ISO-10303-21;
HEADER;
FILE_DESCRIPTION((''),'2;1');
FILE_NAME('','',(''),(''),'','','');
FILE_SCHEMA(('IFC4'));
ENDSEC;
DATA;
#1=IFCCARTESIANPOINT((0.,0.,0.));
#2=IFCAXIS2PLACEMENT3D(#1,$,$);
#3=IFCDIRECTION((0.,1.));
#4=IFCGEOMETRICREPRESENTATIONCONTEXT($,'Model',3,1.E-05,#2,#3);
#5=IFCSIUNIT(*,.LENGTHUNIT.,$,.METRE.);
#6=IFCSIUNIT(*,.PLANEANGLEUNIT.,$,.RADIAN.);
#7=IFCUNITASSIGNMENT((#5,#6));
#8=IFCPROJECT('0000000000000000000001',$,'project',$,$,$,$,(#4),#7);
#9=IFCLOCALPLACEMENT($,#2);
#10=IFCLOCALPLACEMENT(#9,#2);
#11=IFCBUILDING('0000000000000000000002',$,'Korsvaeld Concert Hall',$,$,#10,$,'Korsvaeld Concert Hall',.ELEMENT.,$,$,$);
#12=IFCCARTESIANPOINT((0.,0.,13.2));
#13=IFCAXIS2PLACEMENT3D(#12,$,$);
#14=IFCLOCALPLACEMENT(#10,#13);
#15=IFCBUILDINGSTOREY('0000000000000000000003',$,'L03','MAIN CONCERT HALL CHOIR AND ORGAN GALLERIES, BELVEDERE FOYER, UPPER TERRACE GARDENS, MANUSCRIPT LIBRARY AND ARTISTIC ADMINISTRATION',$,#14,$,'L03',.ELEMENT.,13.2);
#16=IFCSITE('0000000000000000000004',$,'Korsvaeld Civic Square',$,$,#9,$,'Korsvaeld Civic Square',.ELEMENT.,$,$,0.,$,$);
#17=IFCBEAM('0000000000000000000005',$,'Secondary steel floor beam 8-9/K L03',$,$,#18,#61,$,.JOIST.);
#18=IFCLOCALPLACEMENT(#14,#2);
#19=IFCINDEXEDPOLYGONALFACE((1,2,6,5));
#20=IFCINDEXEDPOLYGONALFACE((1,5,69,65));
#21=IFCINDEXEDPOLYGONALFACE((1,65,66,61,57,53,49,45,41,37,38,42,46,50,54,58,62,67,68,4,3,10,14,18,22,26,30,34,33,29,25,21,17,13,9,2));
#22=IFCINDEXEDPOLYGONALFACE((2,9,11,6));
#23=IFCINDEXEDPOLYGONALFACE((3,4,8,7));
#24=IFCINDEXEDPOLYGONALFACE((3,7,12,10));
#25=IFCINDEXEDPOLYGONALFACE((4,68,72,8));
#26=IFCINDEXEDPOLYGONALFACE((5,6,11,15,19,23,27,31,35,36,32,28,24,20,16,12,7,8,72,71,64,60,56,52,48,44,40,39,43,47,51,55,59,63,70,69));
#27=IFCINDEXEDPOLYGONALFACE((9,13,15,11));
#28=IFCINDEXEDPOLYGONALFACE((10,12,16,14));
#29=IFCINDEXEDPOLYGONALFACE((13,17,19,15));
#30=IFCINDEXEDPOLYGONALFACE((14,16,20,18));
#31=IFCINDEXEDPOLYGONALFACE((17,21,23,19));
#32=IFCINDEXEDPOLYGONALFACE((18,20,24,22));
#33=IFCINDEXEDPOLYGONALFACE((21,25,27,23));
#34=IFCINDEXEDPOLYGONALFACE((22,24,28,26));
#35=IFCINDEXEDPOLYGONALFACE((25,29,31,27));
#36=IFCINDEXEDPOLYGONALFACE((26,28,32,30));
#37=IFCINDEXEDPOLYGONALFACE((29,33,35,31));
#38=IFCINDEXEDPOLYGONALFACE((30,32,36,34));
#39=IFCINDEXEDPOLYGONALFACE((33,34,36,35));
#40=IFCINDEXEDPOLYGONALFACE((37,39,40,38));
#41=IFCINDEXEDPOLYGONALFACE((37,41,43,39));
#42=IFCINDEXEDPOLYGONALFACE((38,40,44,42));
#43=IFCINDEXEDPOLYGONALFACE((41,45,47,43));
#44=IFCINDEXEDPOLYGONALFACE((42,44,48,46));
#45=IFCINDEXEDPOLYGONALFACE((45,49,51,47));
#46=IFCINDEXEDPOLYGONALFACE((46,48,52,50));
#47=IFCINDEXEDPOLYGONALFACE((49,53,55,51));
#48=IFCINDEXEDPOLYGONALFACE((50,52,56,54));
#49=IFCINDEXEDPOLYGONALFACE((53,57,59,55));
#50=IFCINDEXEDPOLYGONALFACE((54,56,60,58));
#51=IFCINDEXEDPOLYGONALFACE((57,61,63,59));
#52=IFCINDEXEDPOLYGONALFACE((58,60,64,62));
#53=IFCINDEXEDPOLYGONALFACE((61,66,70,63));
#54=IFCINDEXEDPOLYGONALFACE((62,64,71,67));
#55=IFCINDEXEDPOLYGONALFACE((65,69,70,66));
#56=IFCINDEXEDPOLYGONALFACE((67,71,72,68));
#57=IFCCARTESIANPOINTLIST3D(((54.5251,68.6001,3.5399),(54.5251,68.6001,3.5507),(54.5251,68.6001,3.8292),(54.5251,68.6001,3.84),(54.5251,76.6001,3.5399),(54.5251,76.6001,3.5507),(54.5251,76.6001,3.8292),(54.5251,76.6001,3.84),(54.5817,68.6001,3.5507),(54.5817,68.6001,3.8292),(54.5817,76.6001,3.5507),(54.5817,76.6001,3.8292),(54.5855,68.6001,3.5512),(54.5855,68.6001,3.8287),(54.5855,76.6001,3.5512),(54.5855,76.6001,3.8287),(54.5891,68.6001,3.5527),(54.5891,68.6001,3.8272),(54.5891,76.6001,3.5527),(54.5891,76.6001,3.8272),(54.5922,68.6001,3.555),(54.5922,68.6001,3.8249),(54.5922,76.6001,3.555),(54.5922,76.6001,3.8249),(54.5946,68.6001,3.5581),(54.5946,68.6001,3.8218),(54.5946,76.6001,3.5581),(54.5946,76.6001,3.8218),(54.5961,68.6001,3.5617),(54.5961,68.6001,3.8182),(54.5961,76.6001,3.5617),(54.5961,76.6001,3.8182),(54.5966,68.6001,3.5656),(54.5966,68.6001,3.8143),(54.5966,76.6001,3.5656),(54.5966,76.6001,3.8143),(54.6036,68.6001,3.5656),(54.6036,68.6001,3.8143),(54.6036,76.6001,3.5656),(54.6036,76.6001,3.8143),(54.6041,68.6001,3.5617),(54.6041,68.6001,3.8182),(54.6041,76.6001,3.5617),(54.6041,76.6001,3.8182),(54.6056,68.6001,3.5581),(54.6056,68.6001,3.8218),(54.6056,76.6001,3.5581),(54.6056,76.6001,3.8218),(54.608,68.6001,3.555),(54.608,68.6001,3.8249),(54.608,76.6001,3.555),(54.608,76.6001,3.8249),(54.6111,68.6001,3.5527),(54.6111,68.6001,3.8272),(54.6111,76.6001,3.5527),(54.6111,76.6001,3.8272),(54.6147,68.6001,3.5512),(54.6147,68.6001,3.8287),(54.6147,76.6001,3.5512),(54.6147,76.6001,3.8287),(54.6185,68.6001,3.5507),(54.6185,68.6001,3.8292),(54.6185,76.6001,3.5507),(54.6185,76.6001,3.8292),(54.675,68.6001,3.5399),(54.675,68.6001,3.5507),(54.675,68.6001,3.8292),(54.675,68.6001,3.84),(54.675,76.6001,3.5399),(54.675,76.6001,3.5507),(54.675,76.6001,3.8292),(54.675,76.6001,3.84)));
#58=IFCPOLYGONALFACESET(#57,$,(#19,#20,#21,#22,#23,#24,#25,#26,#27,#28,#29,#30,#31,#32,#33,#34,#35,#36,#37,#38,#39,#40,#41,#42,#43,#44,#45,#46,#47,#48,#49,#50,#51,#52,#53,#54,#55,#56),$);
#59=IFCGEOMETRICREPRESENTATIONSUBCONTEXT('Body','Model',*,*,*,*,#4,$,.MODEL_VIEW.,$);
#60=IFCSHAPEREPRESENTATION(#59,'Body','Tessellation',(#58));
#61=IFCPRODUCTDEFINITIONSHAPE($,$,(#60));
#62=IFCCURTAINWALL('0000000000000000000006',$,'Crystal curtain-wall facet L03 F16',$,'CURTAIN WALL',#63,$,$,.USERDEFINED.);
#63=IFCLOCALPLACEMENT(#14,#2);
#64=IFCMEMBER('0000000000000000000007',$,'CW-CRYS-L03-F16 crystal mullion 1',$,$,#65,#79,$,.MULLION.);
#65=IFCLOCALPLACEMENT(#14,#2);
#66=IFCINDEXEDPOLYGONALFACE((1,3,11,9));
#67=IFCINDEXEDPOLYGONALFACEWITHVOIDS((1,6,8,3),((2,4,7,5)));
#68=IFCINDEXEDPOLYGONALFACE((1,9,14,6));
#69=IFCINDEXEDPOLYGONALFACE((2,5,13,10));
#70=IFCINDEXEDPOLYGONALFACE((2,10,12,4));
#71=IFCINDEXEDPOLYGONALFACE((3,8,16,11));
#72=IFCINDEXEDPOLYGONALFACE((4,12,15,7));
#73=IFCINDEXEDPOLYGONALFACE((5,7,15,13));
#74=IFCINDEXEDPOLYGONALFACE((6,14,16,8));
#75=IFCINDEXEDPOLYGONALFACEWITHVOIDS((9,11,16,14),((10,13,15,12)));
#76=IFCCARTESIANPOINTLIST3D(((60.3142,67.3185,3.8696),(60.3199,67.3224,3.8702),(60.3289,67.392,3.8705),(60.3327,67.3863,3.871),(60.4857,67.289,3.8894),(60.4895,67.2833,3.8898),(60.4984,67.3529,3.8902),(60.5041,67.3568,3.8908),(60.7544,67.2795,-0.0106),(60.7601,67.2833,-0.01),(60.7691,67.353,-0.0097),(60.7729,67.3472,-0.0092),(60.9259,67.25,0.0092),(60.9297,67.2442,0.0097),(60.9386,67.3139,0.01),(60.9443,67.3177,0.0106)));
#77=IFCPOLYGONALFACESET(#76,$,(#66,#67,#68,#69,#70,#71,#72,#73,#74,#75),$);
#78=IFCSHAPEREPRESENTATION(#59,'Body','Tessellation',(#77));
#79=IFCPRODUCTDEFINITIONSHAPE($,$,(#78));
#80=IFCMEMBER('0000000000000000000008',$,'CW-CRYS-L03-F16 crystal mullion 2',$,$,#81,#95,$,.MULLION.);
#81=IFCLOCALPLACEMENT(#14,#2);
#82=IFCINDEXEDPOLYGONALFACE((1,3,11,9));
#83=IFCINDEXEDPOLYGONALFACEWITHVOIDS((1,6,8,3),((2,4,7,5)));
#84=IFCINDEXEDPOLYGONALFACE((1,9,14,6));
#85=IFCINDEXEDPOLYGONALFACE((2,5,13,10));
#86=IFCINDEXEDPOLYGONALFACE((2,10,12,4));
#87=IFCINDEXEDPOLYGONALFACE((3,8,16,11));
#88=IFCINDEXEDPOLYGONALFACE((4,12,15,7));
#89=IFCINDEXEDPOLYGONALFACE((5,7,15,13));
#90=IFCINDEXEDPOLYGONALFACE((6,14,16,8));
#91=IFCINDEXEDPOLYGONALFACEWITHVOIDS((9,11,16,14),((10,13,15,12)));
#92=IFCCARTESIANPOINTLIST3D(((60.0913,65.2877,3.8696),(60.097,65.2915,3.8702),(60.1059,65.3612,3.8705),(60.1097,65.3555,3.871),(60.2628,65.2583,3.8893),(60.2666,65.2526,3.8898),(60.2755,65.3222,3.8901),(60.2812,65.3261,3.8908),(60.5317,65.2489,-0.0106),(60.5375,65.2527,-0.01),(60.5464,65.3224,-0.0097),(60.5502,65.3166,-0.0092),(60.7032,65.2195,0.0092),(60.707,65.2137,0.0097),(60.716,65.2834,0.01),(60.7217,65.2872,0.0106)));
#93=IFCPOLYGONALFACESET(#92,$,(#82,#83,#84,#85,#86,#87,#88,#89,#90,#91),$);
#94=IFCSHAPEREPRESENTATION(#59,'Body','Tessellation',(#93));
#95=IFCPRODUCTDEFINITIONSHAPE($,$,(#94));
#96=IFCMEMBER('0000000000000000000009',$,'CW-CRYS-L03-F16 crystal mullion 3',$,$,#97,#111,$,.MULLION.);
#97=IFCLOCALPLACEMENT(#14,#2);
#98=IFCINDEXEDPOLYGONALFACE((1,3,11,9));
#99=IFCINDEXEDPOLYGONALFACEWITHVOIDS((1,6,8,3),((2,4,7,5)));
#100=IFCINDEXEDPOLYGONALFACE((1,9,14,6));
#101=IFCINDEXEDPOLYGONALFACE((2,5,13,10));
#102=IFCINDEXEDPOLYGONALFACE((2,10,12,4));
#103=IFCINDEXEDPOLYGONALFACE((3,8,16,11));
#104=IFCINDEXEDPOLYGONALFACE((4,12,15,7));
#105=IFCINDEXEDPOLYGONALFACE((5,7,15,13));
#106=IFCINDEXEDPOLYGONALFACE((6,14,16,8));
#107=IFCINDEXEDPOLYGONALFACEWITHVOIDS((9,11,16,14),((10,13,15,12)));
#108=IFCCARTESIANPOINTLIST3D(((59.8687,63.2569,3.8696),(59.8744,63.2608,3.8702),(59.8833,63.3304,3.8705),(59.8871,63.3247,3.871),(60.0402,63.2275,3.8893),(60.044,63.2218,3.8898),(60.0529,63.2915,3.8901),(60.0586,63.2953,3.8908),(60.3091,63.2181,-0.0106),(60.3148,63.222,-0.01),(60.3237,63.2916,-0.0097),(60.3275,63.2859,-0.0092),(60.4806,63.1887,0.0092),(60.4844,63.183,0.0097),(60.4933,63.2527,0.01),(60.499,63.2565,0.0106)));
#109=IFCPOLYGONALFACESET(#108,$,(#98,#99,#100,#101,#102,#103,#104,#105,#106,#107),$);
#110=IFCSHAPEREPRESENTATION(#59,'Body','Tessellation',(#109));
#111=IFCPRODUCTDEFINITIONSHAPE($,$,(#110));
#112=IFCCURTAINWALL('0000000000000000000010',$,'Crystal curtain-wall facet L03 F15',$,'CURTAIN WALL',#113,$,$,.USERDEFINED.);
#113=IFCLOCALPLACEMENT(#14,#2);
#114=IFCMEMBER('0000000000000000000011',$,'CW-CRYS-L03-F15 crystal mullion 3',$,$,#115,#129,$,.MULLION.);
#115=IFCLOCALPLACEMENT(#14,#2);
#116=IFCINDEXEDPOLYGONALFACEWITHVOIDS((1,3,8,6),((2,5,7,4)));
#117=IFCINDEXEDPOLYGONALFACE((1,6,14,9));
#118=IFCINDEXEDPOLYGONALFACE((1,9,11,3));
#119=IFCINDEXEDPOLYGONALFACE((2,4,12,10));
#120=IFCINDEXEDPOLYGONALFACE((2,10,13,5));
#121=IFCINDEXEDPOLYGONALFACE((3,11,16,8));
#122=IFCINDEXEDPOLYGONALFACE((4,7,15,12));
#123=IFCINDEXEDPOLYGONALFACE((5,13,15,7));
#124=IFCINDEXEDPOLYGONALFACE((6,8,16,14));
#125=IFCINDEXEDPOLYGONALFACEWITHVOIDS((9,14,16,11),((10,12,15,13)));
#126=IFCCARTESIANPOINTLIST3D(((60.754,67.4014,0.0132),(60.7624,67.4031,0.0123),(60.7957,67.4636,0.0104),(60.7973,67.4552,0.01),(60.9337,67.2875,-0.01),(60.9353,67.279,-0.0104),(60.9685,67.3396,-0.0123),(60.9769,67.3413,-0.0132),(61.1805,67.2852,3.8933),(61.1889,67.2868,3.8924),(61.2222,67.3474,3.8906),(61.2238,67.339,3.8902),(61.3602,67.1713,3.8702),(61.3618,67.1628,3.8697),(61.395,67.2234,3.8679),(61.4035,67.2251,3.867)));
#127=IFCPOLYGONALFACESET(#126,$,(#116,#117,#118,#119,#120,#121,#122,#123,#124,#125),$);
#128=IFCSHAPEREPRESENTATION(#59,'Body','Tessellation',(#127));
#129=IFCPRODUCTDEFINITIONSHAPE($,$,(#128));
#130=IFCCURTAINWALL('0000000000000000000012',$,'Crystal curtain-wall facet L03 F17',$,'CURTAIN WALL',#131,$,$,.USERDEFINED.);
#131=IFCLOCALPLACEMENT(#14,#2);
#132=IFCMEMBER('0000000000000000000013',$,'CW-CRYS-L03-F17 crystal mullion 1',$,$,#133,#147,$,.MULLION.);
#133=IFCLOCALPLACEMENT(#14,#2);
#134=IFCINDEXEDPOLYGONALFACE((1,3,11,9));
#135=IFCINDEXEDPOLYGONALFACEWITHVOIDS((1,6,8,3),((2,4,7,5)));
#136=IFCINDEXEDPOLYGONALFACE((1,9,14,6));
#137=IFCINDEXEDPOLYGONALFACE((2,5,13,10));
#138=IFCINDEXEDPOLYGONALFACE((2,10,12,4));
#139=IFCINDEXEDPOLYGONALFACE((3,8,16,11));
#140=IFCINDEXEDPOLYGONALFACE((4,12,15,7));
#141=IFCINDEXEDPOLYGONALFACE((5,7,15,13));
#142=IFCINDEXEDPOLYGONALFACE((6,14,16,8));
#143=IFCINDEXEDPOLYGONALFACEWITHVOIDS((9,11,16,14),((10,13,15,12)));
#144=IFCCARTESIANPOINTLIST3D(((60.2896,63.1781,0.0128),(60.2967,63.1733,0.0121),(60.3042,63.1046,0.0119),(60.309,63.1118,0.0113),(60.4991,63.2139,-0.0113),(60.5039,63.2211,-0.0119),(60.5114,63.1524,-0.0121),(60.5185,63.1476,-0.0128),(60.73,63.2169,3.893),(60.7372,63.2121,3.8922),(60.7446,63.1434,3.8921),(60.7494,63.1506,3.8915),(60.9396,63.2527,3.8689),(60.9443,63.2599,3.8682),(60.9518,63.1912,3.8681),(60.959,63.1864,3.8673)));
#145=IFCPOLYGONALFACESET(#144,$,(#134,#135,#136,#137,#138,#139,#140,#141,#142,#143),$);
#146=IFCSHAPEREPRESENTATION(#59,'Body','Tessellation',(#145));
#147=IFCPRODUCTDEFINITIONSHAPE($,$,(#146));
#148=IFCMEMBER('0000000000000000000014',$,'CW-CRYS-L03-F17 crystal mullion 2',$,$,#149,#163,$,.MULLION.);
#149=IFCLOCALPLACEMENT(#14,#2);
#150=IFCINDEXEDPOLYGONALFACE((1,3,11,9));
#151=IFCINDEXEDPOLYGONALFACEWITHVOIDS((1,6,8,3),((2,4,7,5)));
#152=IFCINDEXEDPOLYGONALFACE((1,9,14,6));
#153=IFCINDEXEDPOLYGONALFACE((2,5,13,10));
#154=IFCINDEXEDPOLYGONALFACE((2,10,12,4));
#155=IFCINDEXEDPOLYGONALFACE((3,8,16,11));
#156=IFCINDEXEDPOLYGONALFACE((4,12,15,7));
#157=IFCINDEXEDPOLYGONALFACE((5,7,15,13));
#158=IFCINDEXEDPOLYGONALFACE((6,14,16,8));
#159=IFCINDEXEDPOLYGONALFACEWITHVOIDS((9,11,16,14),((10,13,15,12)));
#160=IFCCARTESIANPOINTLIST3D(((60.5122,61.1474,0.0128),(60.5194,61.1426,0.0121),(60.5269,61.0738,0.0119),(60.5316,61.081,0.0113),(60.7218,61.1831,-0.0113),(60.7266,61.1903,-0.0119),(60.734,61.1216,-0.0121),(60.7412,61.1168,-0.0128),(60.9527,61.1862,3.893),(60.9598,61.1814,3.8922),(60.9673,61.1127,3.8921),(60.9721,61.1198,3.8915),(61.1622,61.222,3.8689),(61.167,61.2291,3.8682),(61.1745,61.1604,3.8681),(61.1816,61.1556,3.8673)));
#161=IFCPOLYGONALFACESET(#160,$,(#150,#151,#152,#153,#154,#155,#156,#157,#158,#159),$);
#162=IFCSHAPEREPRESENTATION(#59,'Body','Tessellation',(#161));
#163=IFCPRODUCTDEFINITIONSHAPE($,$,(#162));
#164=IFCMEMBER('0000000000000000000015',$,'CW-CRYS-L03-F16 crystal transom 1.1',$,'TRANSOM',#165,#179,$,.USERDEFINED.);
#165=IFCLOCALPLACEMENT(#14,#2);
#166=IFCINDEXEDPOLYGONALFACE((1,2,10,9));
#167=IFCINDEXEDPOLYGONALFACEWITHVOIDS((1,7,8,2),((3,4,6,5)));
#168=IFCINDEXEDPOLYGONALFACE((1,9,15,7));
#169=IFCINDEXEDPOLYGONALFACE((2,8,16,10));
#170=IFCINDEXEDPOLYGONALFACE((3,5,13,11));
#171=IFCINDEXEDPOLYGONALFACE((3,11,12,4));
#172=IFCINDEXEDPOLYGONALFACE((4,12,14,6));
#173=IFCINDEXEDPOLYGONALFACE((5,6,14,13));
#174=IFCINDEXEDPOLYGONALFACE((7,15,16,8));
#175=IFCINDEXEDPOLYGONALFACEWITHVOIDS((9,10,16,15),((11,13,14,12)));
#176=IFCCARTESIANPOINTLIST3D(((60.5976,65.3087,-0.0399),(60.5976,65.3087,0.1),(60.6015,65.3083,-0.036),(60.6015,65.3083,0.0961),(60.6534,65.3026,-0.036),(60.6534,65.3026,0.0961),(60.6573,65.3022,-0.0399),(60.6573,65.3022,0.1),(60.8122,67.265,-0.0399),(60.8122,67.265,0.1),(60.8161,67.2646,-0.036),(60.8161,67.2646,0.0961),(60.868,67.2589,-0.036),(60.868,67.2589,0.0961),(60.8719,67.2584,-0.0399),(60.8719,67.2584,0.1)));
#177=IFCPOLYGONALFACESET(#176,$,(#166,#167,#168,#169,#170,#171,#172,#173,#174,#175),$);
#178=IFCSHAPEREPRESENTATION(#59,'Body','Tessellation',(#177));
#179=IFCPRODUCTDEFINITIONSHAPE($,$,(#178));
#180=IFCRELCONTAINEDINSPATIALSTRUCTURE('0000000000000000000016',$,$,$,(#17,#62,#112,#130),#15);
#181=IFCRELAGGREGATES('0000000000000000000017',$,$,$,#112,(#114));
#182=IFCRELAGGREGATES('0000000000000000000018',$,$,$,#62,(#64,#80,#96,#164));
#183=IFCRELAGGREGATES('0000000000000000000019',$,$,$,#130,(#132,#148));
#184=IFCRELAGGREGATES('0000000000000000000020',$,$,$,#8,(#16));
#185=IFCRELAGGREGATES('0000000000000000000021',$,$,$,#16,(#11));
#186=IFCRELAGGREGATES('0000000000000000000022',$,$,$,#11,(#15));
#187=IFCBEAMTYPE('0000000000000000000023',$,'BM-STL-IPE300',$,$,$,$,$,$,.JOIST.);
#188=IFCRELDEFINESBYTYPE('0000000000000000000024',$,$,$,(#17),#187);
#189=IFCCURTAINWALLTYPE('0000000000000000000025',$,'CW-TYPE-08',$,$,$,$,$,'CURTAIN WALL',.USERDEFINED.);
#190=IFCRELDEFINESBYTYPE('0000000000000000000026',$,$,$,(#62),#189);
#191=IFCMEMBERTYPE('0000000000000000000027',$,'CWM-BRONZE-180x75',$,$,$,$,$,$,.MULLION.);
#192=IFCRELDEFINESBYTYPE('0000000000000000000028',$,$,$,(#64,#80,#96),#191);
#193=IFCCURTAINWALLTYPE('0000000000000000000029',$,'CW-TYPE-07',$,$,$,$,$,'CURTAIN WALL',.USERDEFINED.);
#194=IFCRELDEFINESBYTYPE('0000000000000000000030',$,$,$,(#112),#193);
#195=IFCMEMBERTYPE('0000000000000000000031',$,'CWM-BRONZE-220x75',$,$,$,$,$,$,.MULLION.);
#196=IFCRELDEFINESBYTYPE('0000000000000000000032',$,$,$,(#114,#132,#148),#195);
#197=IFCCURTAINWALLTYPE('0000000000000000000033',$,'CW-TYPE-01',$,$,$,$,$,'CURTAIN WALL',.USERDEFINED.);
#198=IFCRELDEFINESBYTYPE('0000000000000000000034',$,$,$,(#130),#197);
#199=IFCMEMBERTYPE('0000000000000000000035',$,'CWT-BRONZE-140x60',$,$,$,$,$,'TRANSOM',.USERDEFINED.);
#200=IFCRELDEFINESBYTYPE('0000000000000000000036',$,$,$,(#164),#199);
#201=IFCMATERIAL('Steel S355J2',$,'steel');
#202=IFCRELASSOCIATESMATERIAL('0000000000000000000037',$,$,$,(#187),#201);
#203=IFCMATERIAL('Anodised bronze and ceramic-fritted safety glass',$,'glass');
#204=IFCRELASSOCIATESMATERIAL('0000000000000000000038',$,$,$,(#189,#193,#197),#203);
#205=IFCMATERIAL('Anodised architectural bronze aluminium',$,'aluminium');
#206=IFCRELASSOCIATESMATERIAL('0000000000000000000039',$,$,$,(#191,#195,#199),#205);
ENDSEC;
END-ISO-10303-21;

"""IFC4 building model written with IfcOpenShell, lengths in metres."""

from ifc_helpers import new_model, si_unit, direction, frame, origin, origin_2d, place, context, subcontext, project, spatial, hollow_rectangle, i_section, extrude, material, material_profile, profile_set, type_object, element, aggregate, save


model = new_model("IFC4")

# Units and contexts
model_context = context("Model", 3, precision=1e-05, world=origin(), true_north=direction((0.0, 1.0)))
body_context = subcontext(model_context, "Body", "Model", "MODEL_VIEW")
ifc_project = project(units=[si_unit("LENGTHUNIT", "METRE"), si_unit("PLANEANGLEUNIT", "RADIAN")], contexts=[model_context])

# Site, building, storey
site_placement = place(None, origin())
site = spatial("IfcSite", under=ifc_project, at=site_placement, Name="Korsvaeld Civic Square", LongName="Korsvaeld Civic Square", CompositionType="ELEMENT", RefElevation=0.0)
building_placement = place(site_placement, origin())
building = spatial("IfcBuilding", under=site, at=building_placement, Name="Korsvaeld Concert Hall", LongName="Korsvaeld Concert Hall", CompositionType="ELEMENT")
storey_placement = place(building_placement, frame((0.0, 0.0, 13.2)))
storey = spatial("IfcBuildingStorey", under=building, at=storey_placement, Name="L03", Description="MAIN CONCERT HALL CHOIR AND ORGAN GALLERIES, BELVEDERE FOYER, UPPER TERRACE GARDENS, MANUSCRIPT LIBRARY AND ARTISTIC ADMINISTRATION", LongName="L03", CompositionType="ELEMENT", Elevation=13.2)

# Beam
ifc_material_1 = material(Name="Steel S355J2", Category="steel")
ifc_material_profile_1 = material_profile(ifc_material_1, i_section(OverallWidth=0.1499, OverallDepth=0.3, WebThickness=0.0071, FlangeThickness=0.0107, FilletRadius=0.0149, at=origin_2d()), Name="IPE 300")
ifc_profile_set_1 = profile_set([ifc_material_profile_1], Name="Steel S355J2")
beam_type_1 = type_object("IfcBeamType", Name="BM-STL-IPE300", PredefinedType="JOIST", material=ifc_profile_set_1)
beam_1_placement = place(storey_placement, frame((54.6001, 68.6001, 3.6899), z_axis=(0.0, 1.0, 0.0), x_axis=(-1.0, 0.0, 0.0)))
element("IfcBeam", 1, at=beam_1_placement, inside=storey, type_object=beam_type_1, Name="Secondary steel floor beam 8-9/K L03", PredefinedType="JOIST", context=body_context, shape_type="SweptSolid", body=[
    extrude(i_section(OverallWidth=0.1499, OverallDepth=0.3, WebThickness=0.0071, FlangeThickness=0.0107, FilletRadius=0.0149, at=origin_2d()), origin(), (0.0, 0.0, 1.0), 8.0),
])

# Curtain wall, members
ifc_material_2 = material(Name="Anodised bronze and ceramic-fritted safety glass", Category="glass")
curtain_wall_type_1 = type_object("IfcCurtainWallType", Name="CW-TYPE-08", ElementType="CURTAIN WALL", PredefinedType="USERDEFINED", material=ifc_material_2)
curtain_wall_1_placement = place(storey_placement, origin())
curtain_wall_1 = element("IfcCurtainWall", 2, at=curtain_wall_1_placement, inside=storey, type_object=curtain_wall_type_1, Name="Crystal curtain-wall facet L03 F16", ObjectType="CURTAIN WALL", PredefinedType="USERDEFINED")
ifc_material_3 = material(Name="Anodised architectural bronze aluminium", Category="aluminium")
ifc_material_profile_2 = material_profile(ifc_material_3, hollow_rectangle(XDim=0.075, YDim=0.1799, WallThickness=0.0049, at=origin_2d()), Name="CWM 180x75x5")
ifc_profile_set_2 = profile_set([ifc_material_profile_2], Name="Anodised architectural bronze aluminium")
member_type_1 = type_object("IfcMemberType", Name="CWM-BRONZE-180x75", PredefinedType="MULLION", material=ifc_profile_set_2)
member_1_placement = place(storey_placement, frame((60.8494, 67.2986, 0.0), z_axis=(-0.112717, 0.010003, 0.993577), x_axis=(-0.195739, -0.980578, -0.012334)))
member_1 = element("IfcMember", 3, at=member_1_placement, type_object=member_type_1, Name="CW-CRYS-L03-F16 crystal mullion 1", PredefinedType="MULLION", context=body_context, shape_type="SweptSolid", body=[
    extrude(hollow_rectangle(XDim=0.075, YDim=0.1799, WallThickness=0.0049, at=origin_2d()), origin(), (0.0, 0.0, 1.0), 3.9053),
])
member_2_placement = place(storey_placement, frame((60.6267, 65.2681, 0.0), z_axis=(-0.112779, 0.00994, 0.99357), x_axis=(-0.195151, -0.980695, -0.01234)))
member_2 = element("IfcMember", 4, at=member_2_placement, type_object=member_type_1, Name="CW-CRYS-L03-F16 crystal mullion 2", PredefinedType="MULLION", context=body_context, shape_type="SweptSolid", body=[
    extrude(hollow_rectangle(XDim=0.075, YDim=0.1799, WallThickness=0.0049, at=origin_2d()), origin(), (0.0, 0.0, 1.0), 3.9053),
])
member_3_placement = place(storey_placement, frame((60.4041, 63.2373, 0.0), z_axis=(-0.112779, 0.00994, 0.99357), x_axis=(-0.195151, -0.980695, -0.01234)))
member_3 = element("IfcMember", 5, at=member_3_placement, type_object=member_type_1, Name="CW-CRYS-L03-F16 crystal mullion 3", PredefinedType="MULLION", context=body_context, shape_type="SweptSolid", body=[
    extrude(hollow_rectangle(XDim=0.075, YDim=0.1799, WallThickness=0.0049, at=origin_2d()), origin(), (0.0, 0.0, 1.0), 3.9053),
])

# Curtain wall, member
curtain_wall_type_2 = type_object("IfcCurtainWallType", Name="CW-TYPE-07", ElementType="CURTAIN WALL", PredefinedType="USERDEFINED", material=ifc_material_2)
curtain_wall_2_placement = place(storey_placement, origin())
curtain_wall_2 = element("IfcCurtainWall", 6, at=curtain_wall_2_placement, inside=storey, type_object=curtain_wall_type_2, Name="Crystal curtain-wall facet L03 F15", ObjectType="CURTAIN WALL", PredefinedType="USERDEFINED")
ifc_material_profile_3 = material_profile(ifc_material_3, hollow_rectangle(XDim=0.075, YDim=0.22, WallThickness=0.0061, at=origin_2d()), Name="CWM 220x75x6")
ifc_profile_set_3 = profile_set([ifc_material_profile_3], Name="Anodised architectural bronze aluminium")
member_type_2 = type_object("IfcMemberType", Name="CWM-BRONZE-220x75", PredefinedType="MULLION", material=ifc_profile_set_3)
member_4_placement = place(storey_placement, frame((60.8655, 67.3713, 0.0), z_axis=(0.109216, -0.029758, 0.993573), x_axis=(0.555752, 0.830559, -0.036214)))
member_4 = element("IfcMember", 7, at=member_4_placement, type_object=member_type_2, Name="CW-CRYS-L03-F15 crystal mullion 3", PredefinedType="MULLION", context=body_context, shape_type="SweptSolid", body=[
    extrude(hollow_rectangle(XDim=0.075, YDim=0.22, WallThickness=0.0061, at=origin_2d()), origin(), (0.0, 0.0, 1.0), 3.9053),
])
aggregate(curtain_wall_2, [member_4])

# Curtain wall, members
curtain_wall_type_3 = type_object("IfcCurtainWallType", Name="CW-TYPE-01", ElementType="CURTAIN WALL", PredefinedType="USERDEFINED", material=ifc_material_2)
curtain_wall_3_placement = place(storey_placement, origin())
curtain_wall_3 = element("IfcCurtainWall", 8, at=curtain_wall_3_placement, inside=storey, type_object=curtain_wall_type_3, Name="Crystal curtain-wall facet L03 F17", ObjectType="CURTAIN WALL", PredefinedType="USERDEFINED")
member_5_placement = place(storey_placement, frame((60.4041, 63.1628, 0.0), z_axis=(0.112779, 0.00994, 0.99357), x_axis=(-0.195151, 0.980695, 0.01234)))
member_5 = element("IfcMember", 9, at=member_5_placement, type_object=member_type_2, Name="CW-CRYS-L03-F17 crystal mullion 1", PredefinedType="MULLION", context=body_context, shape_type="SweptSolid", body=[
    extrude(hollow_rectangle(XDim=0.075, YDim=0.22, WallThickness=0.0061, at=origin_2d()), origin(), (0.0, 0.0, 1.0), 3.9053),
])
member_6_placement = place(storey_placement, frame((60.6267, 61.1321, 0.0), z_axis=(0.112779, 0.00994, 0.99357), x_axis=(-0.195151, 0.980695, 0.01234)))
member_6 = element("IfcMember", 10, at=member_6_placement, type_object=member_type_2, Name="CW-CRYS-L03-F17 crystal mullion 2", PredefinedType="MULLION", context=body_context, shape_type="SweptSolid", body=[
    extrude(hollow_rectangle(XDim=0.075, YDim=0.22, WallThickness=0.0061, at=origin_2d()), origin(), (0.0, 0.0, 1.0), 3.9053),
])

# Member
ifc_material_profile_4 = material_profile(ifc_material_3, hollow_rectangle(XDim=0.0601, YDim=0.1399, WallThickness=0.0039, at=origin_2d()), Name="CWT 140x60x4")
ifc_profile_set_4 = profile_set([ifc_material_profile_4], Name="Anodised architectural bronze aluminium")
member_type_3 = type_object("IfcMemberType", Name="CWT-BRONZE-140x60", ElementType="TRANSOM", PredefinedType="USERDEFINED", material=ifc_profile_set_4)
member_7_placement = place(storey_placement, frame((60.842, 67.2617, 0.03), z_axis=(-0.109043, -0.994037, 0.0), x_axis=(0.994037, -0.109043, 0.0)))
member_7 = element("IfcMember", 11, at=member_7_placement, type_object=member_type_3, Name="CW-CRYS-L03-F16 crystal transom 1.1", ObjectType="TRANSOM", PredefinedType="USERDEFINED", context=body_context, shape_type="SweptSolid", body=[
    extrude(hollow_rectangle(XDim=0.0601, YDim=0.1399, WallThickness=0.0039, at=origin_2d()), origin(), (0.0, 0.0, 1.0), 1.968),
])

aggregate(curtain_wall_1, [member_1, member_2, member_3, member_7])
aggregate(curtain_wall_3, [member_5, member_6])

save(model, "model.ifc")
